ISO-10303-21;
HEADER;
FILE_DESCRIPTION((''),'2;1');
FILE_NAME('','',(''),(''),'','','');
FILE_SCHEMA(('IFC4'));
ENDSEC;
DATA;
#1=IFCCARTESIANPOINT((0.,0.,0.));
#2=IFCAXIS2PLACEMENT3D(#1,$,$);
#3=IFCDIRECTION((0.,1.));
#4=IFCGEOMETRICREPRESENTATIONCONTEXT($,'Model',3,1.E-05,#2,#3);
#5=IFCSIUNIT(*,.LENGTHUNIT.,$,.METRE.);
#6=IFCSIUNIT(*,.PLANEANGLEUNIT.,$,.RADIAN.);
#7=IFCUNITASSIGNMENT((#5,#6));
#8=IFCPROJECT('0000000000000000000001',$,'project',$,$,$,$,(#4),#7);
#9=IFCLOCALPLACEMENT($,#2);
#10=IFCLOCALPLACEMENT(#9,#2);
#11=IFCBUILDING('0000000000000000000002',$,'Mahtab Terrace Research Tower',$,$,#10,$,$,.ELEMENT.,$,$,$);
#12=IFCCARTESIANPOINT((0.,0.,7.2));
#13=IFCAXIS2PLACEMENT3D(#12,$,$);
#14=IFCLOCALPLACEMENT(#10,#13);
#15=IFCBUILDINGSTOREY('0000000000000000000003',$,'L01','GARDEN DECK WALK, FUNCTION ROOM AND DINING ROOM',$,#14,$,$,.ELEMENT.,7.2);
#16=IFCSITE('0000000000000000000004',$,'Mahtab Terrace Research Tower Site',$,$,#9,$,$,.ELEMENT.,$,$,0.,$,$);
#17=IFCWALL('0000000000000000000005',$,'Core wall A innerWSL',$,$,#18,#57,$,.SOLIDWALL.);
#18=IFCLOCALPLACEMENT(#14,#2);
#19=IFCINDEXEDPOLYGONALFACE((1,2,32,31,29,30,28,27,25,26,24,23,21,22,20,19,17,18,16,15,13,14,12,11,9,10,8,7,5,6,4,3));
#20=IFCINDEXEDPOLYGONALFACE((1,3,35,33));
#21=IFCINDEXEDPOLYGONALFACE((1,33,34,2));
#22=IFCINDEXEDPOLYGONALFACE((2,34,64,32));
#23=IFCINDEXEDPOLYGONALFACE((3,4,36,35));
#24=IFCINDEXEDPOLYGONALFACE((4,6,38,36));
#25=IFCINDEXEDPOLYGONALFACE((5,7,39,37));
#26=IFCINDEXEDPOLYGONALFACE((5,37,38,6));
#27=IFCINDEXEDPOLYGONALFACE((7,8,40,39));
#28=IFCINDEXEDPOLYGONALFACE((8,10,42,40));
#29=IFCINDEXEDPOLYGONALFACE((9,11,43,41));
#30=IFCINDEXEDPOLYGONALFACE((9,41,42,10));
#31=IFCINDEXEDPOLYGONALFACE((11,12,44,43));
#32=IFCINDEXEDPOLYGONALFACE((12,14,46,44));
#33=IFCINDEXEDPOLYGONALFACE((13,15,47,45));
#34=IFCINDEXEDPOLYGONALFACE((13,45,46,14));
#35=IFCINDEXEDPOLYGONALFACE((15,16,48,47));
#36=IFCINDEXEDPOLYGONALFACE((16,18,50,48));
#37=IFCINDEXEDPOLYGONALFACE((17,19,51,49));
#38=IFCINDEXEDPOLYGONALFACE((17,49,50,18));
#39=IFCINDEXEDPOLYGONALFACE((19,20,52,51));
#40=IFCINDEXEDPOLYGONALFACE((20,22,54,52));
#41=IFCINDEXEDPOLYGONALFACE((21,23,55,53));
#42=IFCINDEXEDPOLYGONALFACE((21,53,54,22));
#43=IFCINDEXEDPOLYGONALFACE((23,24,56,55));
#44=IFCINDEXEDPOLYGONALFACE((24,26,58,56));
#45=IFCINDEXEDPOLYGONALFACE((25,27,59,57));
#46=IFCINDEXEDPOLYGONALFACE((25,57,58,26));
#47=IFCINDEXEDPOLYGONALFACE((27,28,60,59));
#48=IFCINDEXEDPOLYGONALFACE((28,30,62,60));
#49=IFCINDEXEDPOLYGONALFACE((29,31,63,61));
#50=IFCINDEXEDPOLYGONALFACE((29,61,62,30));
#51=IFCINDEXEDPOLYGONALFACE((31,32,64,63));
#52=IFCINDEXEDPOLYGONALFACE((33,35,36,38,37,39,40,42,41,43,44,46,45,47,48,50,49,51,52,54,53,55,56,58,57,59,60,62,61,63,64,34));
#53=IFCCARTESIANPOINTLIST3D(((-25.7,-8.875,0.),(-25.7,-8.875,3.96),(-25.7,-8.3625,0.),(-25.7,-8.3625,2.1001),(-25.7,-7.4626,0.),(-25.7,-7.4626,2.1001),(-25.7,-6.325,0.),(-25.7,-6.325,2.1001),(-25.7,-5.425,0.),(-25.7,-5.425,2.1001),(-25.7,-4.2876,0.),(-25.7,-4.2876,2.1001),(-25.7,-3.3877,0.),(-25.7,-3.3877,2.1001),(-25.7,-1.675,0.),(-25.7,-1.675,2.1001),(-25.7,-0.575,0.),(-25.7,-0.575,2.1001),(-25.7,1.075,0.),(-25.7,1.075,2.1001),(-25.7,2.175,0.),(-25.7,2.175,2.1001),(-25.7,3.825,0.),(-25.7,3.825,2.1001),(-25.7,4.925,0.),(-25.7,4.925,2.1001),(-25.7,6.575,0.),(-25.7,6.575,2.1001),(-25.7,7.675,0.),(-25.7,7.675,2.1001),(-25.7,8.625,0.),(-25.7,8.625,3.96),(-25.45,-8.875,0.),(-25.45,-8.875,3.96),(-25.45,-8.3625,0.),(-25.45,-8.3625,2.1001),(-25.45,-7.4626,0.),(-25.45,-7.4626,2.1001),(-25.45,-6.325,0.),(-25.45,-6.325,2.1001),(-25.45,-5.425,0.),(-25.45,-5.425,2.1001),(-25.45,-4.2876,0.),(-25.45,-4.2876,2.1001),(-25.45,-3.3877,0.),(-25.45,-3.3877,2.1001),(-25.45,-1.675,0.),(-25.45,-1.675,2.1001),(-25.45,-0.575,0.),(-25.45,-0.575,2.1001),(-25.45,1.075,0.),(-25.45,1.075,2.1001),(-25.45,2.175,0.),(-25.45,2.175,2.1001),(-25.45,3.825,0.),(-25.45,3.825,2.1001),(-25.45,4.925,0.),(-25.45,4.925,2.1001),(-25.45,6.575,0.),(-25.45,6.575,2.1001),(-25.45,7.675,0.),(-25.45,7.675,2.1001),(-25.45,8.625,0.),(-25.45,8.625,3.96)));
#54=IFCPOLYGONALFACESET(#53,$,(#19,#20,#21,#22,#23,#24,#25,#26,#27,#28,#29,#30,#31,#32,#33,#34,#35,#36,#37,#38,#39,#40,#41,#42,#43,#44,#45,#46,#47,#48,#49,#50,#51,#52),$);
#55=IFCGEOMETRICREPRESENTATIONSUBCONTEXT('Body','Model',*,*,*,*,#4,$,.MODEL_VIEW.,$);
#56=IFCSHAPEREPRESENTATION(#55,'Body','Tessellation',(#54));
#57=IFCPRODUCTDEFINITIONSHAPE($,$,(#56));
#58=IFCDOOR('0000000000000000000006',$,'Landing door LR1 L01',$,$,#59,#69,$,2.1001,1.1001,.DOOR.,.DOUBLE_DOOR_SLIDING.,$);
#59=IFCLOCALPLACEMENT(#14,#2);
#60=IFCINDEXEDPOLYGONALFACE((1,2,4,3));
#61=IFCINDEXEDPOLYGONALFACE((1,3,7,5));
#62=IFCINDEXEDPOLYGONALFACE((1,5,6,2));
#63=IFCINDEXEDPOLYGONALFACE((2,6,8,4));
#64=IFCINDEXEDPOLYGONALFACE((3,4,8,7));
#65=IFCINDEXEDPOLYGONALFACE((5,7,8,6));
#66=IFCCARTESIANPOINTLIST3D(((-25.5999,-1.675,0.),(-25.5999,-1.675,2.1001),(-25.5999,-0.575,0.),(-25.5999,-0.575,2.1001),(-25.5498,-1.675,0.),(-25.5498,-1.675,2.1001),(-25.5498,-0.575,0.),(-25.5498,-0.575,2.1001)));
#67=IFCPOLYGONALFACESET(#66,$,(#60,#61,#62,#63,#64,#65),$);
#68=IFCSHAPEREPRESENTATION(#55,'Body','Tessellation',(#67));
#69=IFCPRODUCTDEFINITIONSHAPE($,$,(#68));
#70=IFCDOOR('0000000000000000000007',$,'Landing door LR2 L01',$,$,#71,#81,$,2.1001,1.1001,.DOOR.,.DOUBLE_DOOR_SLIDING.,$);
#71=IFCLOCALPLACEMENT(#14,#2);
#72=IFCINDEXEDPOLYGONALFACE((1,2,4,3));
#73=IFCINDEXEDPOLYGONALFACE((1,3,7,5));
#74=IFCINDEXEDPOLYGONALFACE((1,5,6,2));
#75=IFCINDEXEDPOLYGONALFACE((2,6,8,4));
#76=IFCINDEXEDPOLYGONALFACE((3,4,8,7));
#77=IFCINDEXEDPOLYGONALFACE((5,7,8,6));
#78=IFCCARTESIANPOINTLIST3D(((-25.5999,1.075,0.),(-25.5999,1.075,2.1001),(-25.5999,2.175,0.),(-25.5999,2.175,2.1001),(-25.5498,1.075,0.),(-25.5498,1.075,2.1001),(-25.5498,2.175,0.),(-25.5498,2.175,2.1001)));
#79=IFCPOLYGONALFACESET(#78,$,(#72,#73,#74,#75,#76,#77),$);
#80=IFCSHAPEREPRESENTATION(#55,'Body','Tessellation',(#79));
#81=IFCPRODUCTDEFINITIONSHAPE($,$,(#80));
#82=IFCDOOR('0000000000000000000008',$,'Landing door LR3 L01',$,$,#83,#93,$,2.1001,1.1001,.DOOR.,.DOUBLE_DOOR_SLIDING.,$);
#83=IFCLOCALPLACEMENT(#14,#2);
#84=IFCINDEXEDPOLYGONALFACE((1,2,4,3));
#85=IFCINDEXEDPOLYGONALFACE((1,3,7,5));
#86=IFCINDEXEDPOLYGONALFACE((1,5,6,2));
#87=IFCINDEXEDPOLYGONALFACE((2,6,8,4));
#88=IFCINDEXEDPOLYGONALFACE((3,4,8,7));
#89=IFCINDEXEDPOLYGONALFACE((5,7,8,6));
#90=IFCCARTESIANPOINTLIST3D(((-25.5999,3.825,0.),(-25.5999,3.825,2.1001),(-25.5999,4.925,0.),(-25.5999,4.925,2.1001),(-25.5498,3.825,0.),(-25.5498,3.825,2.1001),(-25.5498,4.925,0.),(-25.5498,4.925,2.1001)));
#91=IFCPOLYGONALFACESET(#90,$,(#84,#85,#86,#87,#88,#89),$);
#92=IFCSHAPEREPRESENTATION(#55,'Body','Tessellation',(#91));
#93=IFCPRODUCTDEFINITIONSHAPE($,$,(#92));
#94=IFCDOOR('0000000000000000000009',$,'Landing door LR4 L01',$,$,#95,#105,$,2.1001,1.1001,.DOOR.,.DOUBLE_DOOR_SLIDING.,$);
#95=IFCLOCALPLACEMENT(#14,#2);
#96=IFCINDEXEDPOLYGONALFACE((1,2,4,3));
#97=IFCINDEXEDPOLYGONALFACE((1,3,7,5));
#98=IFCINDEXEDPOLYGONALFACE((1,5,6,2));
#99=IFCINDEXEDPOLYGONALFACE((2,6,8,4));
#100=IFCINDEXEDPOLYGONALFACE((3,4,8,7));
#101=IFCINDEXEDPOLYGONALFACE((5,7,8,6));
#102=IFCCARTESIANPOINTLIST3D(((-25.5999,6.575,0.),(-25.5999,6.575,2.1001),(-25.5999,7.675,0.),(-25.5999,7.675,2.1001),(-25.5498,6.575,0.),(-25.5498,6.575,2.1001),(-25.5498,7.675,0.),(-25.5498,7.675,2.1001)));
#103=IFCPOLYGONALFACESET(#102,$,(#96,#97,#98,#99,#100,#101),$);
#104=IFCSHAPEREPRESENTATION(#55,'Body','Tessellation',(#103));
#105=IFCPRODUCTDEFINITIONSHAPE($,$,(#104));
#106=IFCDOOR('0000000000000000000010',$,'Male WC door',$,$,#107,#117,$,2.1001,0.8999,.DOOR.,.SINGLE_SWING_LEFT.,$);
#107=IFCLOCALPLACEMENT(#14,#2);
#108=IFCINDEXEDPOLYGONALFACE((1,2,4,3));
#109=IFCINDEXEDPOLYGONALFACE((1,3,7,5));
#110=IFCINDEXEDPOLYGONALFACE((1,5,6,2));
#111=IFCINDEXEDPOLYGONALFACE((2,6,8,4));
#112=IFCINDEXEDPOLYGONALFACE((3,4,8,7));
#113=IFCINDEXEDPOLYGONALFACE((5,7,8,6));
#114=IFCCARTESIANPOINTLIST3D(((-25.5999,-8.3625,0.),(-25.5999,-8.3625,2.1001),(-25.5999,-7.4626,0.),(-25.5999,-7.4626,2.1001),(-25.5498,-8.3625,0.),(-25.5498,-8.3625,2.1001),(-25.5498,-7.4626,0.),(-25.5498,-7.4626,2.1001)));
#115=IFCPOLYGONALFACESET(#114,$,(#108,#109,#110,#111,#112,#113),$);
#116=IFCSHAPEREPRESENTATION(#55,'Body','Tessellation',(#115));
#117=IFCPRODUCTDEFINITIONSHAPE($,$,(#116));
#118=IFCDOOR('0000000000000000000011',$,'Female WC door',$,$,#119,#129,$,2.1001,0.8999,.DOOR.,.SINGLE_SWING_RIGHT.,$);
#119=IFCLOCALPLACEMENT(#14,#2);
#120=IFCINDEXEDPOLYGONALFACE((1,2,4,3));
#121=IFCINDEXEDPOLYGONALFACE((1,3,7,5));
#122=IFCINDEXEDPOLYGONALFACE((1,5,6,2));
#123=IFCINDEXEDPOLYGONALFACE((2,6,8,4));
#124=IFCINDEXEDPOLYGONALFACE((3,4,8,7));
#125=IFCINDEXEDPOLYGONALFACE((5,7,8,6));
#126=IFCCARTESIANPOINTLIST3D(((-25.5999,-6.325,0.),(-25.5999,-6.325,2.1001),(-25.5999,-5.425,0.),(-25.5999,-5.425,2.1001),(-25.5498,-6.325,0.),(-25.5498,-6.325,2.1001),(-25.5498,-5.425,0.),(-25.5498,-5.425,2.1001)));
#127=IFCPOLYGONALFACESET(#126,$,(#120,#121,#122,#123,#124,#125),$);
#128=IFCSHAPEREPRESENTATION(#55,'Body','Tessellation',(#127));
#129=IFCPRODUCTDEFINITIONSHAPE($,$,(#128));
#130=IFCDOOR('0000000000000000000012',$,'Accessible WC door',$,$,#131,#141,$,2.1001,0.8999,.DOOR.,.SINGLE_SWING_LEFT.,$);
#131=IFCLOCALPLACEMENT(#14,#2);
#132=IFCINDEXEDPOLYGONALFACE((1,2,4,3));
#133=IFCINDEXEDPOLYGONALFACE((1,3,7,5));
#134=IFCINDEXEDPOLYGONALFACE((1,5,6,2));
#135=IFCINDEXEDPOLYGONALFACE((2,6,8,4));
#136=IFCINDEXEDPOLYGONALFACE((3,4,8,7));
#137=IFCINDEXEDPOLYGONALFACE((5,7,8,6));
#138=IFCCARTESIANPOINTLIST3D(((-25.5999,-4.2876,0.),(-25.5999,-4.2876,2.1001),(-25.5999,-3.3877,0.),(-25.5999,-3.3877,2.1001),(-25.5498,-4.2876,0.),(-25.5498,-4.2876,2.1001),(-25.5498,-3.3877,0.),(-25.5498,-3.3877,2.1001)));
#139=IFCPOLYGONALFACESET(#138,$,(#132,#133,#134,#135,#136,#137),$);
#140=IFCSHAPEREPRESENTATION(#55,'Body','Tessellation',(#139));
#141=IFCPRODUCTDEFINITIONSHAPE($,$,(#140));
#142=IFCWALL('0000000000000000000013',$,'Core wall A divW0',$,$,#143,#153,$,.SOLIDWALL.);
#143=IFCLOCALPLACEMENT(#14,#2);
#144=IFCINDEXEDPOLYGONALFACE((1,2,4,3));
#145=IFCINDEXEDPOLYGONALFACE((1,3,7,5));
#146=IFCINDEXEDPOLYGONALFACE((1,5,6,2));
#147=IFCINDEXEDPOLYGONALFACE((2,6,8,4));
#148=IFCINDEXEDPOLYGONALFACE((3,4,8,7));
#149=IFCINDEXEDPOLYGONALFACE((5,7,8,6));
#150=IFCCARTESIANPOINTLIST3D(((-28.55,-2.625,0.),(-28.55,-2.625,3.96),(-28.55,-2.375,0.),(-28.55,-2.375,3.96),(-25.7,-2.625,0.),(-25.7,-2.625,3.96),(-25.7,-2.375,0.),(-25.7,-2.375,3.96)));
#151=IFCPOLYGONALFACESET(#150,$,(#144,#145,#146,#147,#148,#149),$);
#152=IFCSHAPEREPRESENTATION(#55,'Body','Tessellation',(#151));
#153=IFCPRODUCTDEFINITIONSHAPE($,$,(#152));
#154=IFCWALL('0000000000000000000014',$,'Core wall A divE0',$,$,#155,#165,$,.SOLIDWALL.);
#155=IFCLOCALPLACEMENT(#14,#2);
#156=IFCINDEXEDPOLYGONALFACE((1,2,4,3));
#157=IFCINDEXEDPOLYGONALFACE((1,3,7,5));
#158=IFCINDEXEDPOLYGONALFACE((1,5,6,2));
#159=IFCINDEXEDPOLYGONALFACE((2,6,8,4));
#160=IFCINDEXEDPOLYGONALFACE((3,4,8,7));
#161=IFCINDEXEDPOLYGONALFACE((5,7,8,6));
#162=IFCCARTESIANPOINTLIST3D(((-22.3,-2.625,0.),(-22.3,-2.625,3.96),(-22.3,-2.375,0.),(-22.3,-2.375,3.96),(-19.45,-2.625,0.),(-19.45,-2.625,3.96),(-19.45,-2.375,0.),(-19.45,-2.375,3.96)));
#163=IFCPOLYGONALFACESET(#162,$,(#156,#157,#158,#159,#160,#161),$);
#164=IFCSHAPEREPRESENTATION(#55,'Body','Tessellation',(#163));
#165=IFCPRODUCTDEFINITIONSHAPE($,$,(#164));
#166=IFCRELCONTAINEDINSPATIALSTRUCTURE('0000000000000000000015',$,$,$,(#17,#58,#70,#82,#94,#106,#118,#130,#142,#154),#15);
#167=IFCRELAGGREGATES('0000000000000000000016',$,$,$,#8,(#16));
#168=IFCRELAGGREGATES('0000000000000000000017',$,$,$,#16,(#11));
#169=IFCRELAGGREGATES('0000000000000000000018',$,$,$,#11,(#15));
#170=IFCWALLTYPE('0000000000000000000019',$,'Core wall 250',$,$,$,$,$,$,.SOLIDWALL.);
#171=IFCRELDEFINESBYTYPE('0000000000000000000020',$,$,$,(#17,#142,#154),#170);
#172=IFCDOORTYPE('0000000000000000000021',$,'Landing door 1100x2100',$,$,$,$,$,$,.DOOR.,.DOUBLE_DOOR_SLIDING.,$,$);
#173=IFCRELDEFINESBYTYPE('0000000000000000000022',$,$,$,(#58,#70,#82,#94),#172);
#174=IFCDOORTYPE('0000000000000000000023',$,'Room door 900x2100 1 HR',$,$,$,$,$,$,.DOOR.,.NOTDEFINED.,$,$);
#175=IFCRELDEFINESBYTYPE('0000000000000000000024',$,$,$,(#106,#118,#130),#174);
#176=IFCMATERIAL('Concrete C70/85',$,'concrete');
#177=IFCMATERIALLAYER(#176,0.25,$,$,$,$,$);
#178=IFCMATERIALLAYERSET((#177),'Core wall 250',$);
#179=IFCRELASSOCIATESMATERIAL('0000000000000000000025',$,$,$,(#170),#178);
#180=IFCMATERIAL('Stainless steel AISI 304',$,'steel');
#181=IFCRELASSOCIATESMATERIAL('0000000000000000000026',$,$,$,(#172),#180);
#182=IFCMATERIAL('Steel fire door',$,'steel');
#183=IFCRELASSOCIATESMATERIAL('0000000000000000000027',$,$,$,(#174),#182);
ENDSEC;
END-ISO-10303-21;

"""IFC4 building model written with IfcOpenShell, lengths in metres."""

from ifc_helpers import new_model, si_unit, direction, frame, frame_2d, origin, place, context, subcontext, project, spatial, rectangle, extrude, material, layer, layer_set, type_object, element, fill, save


model = new_model("IFC4")

# Units and contexts
model_context = context("Model", 3, precision=1e-05, world=origin(), true_north=direction((0.0, 1.0)))
body_context = subcontext(model_context, "Body", "Model", "MODEL_VIEW")
ifc_project = project(units=[si_unit("LENGTHUNIT", "METRE"), si_unit("PLANEANGLEUNIT", "RADIAN")], contexts=[model_context])

# Site, building, storey
site_placement = place(None, origin())
site = spatial("IfcSite", under=ifc_project, at=site_placement, Name="Mahtab Terrace Research Tower Site", CompositionType="ELEMENT", RefElevation=0.0)
building_placement = place(site_placement, origin())
building = spatial("IfcBuilding", under=site, at=building_placement, Name="Mahtab Terrace Research Tower", CompositionType="ELEMENT")
storey_placement = place(building_placement, frame((0.0, 0.0, 7.2)))
storey = spatial("IfcBuildingStorey", under=building, at=storey_placement, Name="L01", Description="GARDEN DECK WALK, FUNCTION ROOM AND DINING ROOM", CompositionType="ELEMENT", Elevation=7.2)

# Shared definitions
ifc_material_1 = material(Name="Concrete C70/85", Category="concrete")

# Shared definitions
ifc_layer_1 = layer(ifc_material_1, 0.25)
ifc_layer_set_1 = layer_set([ifc_layer_1], Name="Core wall 250")
wall_type_1 = type_object("IfcWallType", Name="Core wall 250", PredefinedType="SOLIDWALL", material=ifc_layer_set_1)

# Shared definitions
ifc_material_2 = material(Name="Steel fire door", Category="steel")

# Wall, openings, doors
wall_1_placement = place(storey_placement, frame((-25.575, -8.875, 0.0), z_axis=(0.0, 0.0, 1.0), x_axis=(0.0, 1.0, 0.0)))
wall_1 = element("IfcWall", 1, at=wall_1_placement, inside=storey, type_object=wall_type_1, Name="Core wall A innerWSL", PredefinedType="SOLIDWALL", context=body_context, shape_type="SweptSolid", body=[
    extrude(rectangle(XDim=17.5, YDim=0.25, at=frame_2d((8.75, 0.0))), origin(), (0.0, 0.0, 1.0), 3.96),
])
opening_1_placement = place(wall_1_placement, frame((7.2, 0.0, 0.0)))
opening_1 = element("IfcOpeningElement", 2, at=opening_1_placement, cuts=wall_1, PredefinedType="OPENING", context=body_context, shape_type="SweptSolid", body=[
    extrude(rectangle(XDim=1.1001, YDim=2.1001, at=frame_2d((0.55, 1.05))), frame((0.0, 0.135, 0.0), z_axis=(0.0, -1.0, 0.0), x_axis=(1.0, 0.0, 0.0)), (0.0, 0.0, 1.0), 0.27),
])
opening_2_placement = place(wall_1_placement, frame((9.95, 0.0, 0.0)))
opening_2 = element("IfcOpeningElement", 3, at=opening_2_placement, cuts=wall_1, PredefinedType="OPENING", context=body_context, shape_type="SweptSolid", body=[
    extrude(rectangle(XDim=1.1001, YDim=2.1001, at=frame_2d((0.55, 1.05))), frame((0.0, 0.135, 0.0), z_axis=(0.0, -1.0, 0.0), x_axis=(1.0, 0.0, 0.0)), (0.0, 0.0, 1.0), 0.27),
])
opening_3_placement = place(wall_1_placement, frame((12.7, 0.0, 0.0)))
opening_3 = element("IfcOpeningElement", 4, at=opening_3_placement, cuts=wall_1, PredefinedType="OPENING", context=body_context, shape_type="SweptSolid", body=[
    extrude(rectangle(XDim=1.1001, YDim=2.1001, at=frame_2d((0.55, 1.05))), frame((0.0, 0.135, 0.0), z_axis=(0.0, -1.0, 0.0), x_axis=(1.0, 0.0, 0.0)), (0.0, 0.0, 1.0), 0.27),
])
opening_4_placement = place(wall_1_placement, frame((15.45, 0.0, 0.0)))
opening_4 = element("IfcOpeningElement", 5, at=opening_4_placement, cuts=wall_1, PredefinedType="OPENING", context=body_context, shape_type="SweptSolid", body=[
    extrude(rectangle(XDim=1.1001, YDim=2.1001, at=frame_2d((0.55, 1.05))), frame((0.0, 0.135, 0.0), z_axis=(0.0, -1.0, 0.0), x_axis=(1.0, 0.0, 0.0)), (0.0, 0.0, 1.0), 0.27),
])
opening_5_placement = place(wall_1_placement, frame((0.5125, 0.0, 0.0)))
opening_5 = element("IfcOpeningElement", 6, at=opening_5_placement, cuts=wall_1, PredefinedType="OPENING", context=body_context, shape_type="SweptSolid", body=[
    extrude(rectangle(XDim=0.8999, YDim=2.1001, at=frame_2d((0.45, 1.05))), frame((0.0, 0.135, 0.0), z_axis=(0.0, -1.0, 0.0), x_axis=(1.0, 0.0, 0.0)), (0.0, 0.0, 1.0), 0.27),
])
opening_6_placement = place(wall_1_placement, frame((2.55, 0.0, 0.0)))
opening_6 = element("IfcOpeningElement", 7, at=opening_6_placement, cuts=wall_1, PredefinedType="OPENING", context=body_context, shape_type="SweptSolid", body=[
    extrude(rectangle(XDim=0.8999, YDim=2.1001, at=frame_2d((0.45, 1.05))), frame((0.0, 0.135, 0.0), z_axis=(0.0, -1.0, 0.0), x_axis=(1.0, 0.0, 0.0)), (0.0, 0.0, 1.0), 0.27),
])
opening_7_placement = place(wall_1_placement, frame((4.5874, 0.0, 0.0)))
opening_7 = element("IfcOpeningElement", 8, at=opening_7_placement, cuts=wall_1, PredefinedType="OPENING", context=body_context, shape_type="SweptSolid", body=[
    extrude(rectangle(XDim=0.8999, YDim=2.1001, at=frame_2d((0.45, 1.05))), frame((0.0, 0.135, 0.0), z_axis=(0.0, -1.0, 0.0), x_axis=(1.0, 0.0, 0.0)), (0.0, 0.0, 1.0), 0.27),
])
ifc_material_3 = material(Name="Stainless steel AISI 304", Category="steel")
door_type_1 = type_object("IfcDoorType", Name="Landing door 1100x2100", OperationType="DOUBLE_DOOR_SLIDING", PredefinedType="DOOR", material=ifc_material_3)
door_1_placement = place(opening_1_placement, origin())
door_1 = element("IfcDoor", 9, at=door_1_placement, inside=storey, type_object=door_type_1, Name="Landing door LR1 L01", OperationType="DOUBLE_DOOR_SLIDING", OverallHeight=2.1001, OverallWidth=1.1001, PredefinedType="DOOR", context=body_context, shape_type="SweptSolid", body=[
    extrude(rectangle(XDim=1.1001, YDim=2.1001, at=frame_2d((0.55, 1.05))), frame((0.0, 0.0249, 0.0), z_axis=(0.0, -1.0, 0.0), x_axis=(1.0, 0.0, 0.0)), (0.0, 0.0, 1.0), 0.05),
])
fill(opening_1, door_1)
door_2_placement = place(opening_2_placement, origin())
door_2 = element("IfcDoor", 10, at=door_2_placement, inside=storey, type_object=door_type_1, Name="Landing door LR2 L01", OperationType="DOUBLE_DOOR_SLIDING", OverallHeight=2.1001, OverallWidth=1.1001, PredefinedType="DOOR", context=body_context, shape_type="SweptSolid", body=[
    extrude(rectangle(XDim=1.1001, YDim=2.1001, at=frame_2d((0.55, 1.05))), frame((0.0, 0.0249, 0.0), z_axis=(0.0, -1.0, 0.0), x_axis=(1.0, 0.0, 0.0)), (0.0, 0.0, 1.0), 0.05),
])
fill(opening_2, door_2)
door_3_placement = place(opening_3_placement, origin())
door_3 = element("IfcDoor", 11, at=door_3_placement, inside=storey, type_object=door_type_1, Name="Landing door LR3 L01", OperationType="DOUBLE_DOOR_SLIDING", OverallHeight=2.1001, OverallWidth=1.1001, PredefinedType="DOOR", context=body_context, shape_type="SweptSolid", body=[
    extrude(rectangle(XDim=1.1001, YDim=2.1001, at=frame_2d((0.55, 1.05))), frame((0.0, 0.0249, 0.0), z_axis=(0.0, -1.0, 0.0), x_axis=(1.0, 0.0, 0.0)), (0.0, 0.0, 1.0), 0.05),
])
fill(opening_3, door_3)
door_4_placement = place(opening_4_placement, origin())
door_4 = element("IfcDoor", 12, at=door_4_placement, inside=storey, type_object=door_type_1, Name="Landing door LR4 L01", OperationType="DOUBLE_DOOR_SLIDING", OverallHeight=2.1001, OverallWidth=1.1001, PredefinedType="DOOR", context=body_context, shape_type="SweptSolid", body=[
    extrude(rectangle(XDim=1.1001, YDim=2.1001, at=frame_2d((0.55, 1.05))), frame((0.0, 0.0249, 0.0), z_axis=(0.0, -1.0, 0.0), x_axis=(1.0, 0.0, 0.0)), (0.0, 0.0, 1.0), 0.05),
])
fill(opening_4, door_4)
door_type_2 = type_object("IfcDoorType", Name="Room door 900x2100 1 HR", OperationType="NOTDEFINED", PredefinedType="DOOR", material=ifc_material_2)
door_5_placement = place(opening_5_placement, origin())
door_5 = element("IfcDoor", 13, at=door_5_placement, inside=storey, type_object=door_type_2, Name="Male WC door", OperationType="SINGLE_SWING_LEFT", OverallHeight=2.1001, OverallWidth=0.8999, PredefinedType="DOOR", context=body_context, shape_type="SweptSolid", body=[
    extrude(rectangle(XDim=0.8999, YDim=2.1001, at=frame_2d((0.45, 1.05))), frame((0.0, 0.0249, 0.0), z_axis=(0.0, -1.0, 0.0), x_axis=(1.0, 0.0, 0.0)), (0.0, 0.0, 1.0), 0.05),
])
fill(opening_5, door_5)
door_6_placement = place(opening_6_placement, origin())
door_6 = element("IfcDoor", 14, at=door_6_placement, inside=storey, type_object=door_type_2, Name="Female WC door", OperationType="SINGLE_SWING_RIGHT", OverallHeight=2.1001, OverallWidth=0.8999, PredefinedType="DOOR", context=body_context, shape_type="SweptSolid", body=[
    extrude(rectangle(XDim=0.8999, YDim=2.1001, at=frame_2d((0.45, 1.05))), frame((0.0, 0.0249, 0.0), z_axis=(0.0, -1.0, 0.0), x_axis=(1.0, 0.0, 0.0)), (0.0, 0.0, 1.0), 0.05),
])
fill(opening_6, door_6)
door_7_placement = place(opening_7_placement, origin())
door_7 = element("IfcDoor", 15, at=door_7_placement, inside=storey, type_object=door_type_2, Name="Accessible WC door", OperationType="SINGLE_SWING_LEFT", OverallHeight=2.1001, OverallWidth=0.8999, PredefinedType="DOOR", context=body_context, shape_type="SweptSolid", body=[
    extrude(rectangle(XDim=0.8999, YDim=2.1001, at=frame_2d((0.45, 1.05))), frame((0.0, 0.0249, 0.0), z_axis=(0.0, -1.0, 0.0), x_axis=(1.0, 0.0, 0.0)), (0.0, 0.0, 1.0), 0.05),
])
fill(opening_7, door_7)

# Walls
for number, where, z_axis, x_axis, name in (
    (16, (-28.55, -2.5, 0.0), (0.0, 0.0, 1.0), (1.0, 0.0, 0.0), "Core wall A divW0"),
    (17, (-22.3, -2.5, 0.0), (0.0, 0.0, 1.0), (1.0, 0.0, 0.0), "Core wall A divE0"),
):
    element("IfcWall", number, at=place(storey_placement, frame(where, z_axis=z_axis, x_axis=x_axis)), inside=storey, type_object=wall_type_1, Name=name, PredefinedType="SOLIDWALL", context=body_context, shape_type="SweptSolid", body=[
        extrude(rectangle(XDim=2.8501, YDim=0.25, at=frame_2d((1.425, 0.0))), origin(), (0.0, 0.0, 1.0), 3.96),
    ])

save(model, "model.ifc")
